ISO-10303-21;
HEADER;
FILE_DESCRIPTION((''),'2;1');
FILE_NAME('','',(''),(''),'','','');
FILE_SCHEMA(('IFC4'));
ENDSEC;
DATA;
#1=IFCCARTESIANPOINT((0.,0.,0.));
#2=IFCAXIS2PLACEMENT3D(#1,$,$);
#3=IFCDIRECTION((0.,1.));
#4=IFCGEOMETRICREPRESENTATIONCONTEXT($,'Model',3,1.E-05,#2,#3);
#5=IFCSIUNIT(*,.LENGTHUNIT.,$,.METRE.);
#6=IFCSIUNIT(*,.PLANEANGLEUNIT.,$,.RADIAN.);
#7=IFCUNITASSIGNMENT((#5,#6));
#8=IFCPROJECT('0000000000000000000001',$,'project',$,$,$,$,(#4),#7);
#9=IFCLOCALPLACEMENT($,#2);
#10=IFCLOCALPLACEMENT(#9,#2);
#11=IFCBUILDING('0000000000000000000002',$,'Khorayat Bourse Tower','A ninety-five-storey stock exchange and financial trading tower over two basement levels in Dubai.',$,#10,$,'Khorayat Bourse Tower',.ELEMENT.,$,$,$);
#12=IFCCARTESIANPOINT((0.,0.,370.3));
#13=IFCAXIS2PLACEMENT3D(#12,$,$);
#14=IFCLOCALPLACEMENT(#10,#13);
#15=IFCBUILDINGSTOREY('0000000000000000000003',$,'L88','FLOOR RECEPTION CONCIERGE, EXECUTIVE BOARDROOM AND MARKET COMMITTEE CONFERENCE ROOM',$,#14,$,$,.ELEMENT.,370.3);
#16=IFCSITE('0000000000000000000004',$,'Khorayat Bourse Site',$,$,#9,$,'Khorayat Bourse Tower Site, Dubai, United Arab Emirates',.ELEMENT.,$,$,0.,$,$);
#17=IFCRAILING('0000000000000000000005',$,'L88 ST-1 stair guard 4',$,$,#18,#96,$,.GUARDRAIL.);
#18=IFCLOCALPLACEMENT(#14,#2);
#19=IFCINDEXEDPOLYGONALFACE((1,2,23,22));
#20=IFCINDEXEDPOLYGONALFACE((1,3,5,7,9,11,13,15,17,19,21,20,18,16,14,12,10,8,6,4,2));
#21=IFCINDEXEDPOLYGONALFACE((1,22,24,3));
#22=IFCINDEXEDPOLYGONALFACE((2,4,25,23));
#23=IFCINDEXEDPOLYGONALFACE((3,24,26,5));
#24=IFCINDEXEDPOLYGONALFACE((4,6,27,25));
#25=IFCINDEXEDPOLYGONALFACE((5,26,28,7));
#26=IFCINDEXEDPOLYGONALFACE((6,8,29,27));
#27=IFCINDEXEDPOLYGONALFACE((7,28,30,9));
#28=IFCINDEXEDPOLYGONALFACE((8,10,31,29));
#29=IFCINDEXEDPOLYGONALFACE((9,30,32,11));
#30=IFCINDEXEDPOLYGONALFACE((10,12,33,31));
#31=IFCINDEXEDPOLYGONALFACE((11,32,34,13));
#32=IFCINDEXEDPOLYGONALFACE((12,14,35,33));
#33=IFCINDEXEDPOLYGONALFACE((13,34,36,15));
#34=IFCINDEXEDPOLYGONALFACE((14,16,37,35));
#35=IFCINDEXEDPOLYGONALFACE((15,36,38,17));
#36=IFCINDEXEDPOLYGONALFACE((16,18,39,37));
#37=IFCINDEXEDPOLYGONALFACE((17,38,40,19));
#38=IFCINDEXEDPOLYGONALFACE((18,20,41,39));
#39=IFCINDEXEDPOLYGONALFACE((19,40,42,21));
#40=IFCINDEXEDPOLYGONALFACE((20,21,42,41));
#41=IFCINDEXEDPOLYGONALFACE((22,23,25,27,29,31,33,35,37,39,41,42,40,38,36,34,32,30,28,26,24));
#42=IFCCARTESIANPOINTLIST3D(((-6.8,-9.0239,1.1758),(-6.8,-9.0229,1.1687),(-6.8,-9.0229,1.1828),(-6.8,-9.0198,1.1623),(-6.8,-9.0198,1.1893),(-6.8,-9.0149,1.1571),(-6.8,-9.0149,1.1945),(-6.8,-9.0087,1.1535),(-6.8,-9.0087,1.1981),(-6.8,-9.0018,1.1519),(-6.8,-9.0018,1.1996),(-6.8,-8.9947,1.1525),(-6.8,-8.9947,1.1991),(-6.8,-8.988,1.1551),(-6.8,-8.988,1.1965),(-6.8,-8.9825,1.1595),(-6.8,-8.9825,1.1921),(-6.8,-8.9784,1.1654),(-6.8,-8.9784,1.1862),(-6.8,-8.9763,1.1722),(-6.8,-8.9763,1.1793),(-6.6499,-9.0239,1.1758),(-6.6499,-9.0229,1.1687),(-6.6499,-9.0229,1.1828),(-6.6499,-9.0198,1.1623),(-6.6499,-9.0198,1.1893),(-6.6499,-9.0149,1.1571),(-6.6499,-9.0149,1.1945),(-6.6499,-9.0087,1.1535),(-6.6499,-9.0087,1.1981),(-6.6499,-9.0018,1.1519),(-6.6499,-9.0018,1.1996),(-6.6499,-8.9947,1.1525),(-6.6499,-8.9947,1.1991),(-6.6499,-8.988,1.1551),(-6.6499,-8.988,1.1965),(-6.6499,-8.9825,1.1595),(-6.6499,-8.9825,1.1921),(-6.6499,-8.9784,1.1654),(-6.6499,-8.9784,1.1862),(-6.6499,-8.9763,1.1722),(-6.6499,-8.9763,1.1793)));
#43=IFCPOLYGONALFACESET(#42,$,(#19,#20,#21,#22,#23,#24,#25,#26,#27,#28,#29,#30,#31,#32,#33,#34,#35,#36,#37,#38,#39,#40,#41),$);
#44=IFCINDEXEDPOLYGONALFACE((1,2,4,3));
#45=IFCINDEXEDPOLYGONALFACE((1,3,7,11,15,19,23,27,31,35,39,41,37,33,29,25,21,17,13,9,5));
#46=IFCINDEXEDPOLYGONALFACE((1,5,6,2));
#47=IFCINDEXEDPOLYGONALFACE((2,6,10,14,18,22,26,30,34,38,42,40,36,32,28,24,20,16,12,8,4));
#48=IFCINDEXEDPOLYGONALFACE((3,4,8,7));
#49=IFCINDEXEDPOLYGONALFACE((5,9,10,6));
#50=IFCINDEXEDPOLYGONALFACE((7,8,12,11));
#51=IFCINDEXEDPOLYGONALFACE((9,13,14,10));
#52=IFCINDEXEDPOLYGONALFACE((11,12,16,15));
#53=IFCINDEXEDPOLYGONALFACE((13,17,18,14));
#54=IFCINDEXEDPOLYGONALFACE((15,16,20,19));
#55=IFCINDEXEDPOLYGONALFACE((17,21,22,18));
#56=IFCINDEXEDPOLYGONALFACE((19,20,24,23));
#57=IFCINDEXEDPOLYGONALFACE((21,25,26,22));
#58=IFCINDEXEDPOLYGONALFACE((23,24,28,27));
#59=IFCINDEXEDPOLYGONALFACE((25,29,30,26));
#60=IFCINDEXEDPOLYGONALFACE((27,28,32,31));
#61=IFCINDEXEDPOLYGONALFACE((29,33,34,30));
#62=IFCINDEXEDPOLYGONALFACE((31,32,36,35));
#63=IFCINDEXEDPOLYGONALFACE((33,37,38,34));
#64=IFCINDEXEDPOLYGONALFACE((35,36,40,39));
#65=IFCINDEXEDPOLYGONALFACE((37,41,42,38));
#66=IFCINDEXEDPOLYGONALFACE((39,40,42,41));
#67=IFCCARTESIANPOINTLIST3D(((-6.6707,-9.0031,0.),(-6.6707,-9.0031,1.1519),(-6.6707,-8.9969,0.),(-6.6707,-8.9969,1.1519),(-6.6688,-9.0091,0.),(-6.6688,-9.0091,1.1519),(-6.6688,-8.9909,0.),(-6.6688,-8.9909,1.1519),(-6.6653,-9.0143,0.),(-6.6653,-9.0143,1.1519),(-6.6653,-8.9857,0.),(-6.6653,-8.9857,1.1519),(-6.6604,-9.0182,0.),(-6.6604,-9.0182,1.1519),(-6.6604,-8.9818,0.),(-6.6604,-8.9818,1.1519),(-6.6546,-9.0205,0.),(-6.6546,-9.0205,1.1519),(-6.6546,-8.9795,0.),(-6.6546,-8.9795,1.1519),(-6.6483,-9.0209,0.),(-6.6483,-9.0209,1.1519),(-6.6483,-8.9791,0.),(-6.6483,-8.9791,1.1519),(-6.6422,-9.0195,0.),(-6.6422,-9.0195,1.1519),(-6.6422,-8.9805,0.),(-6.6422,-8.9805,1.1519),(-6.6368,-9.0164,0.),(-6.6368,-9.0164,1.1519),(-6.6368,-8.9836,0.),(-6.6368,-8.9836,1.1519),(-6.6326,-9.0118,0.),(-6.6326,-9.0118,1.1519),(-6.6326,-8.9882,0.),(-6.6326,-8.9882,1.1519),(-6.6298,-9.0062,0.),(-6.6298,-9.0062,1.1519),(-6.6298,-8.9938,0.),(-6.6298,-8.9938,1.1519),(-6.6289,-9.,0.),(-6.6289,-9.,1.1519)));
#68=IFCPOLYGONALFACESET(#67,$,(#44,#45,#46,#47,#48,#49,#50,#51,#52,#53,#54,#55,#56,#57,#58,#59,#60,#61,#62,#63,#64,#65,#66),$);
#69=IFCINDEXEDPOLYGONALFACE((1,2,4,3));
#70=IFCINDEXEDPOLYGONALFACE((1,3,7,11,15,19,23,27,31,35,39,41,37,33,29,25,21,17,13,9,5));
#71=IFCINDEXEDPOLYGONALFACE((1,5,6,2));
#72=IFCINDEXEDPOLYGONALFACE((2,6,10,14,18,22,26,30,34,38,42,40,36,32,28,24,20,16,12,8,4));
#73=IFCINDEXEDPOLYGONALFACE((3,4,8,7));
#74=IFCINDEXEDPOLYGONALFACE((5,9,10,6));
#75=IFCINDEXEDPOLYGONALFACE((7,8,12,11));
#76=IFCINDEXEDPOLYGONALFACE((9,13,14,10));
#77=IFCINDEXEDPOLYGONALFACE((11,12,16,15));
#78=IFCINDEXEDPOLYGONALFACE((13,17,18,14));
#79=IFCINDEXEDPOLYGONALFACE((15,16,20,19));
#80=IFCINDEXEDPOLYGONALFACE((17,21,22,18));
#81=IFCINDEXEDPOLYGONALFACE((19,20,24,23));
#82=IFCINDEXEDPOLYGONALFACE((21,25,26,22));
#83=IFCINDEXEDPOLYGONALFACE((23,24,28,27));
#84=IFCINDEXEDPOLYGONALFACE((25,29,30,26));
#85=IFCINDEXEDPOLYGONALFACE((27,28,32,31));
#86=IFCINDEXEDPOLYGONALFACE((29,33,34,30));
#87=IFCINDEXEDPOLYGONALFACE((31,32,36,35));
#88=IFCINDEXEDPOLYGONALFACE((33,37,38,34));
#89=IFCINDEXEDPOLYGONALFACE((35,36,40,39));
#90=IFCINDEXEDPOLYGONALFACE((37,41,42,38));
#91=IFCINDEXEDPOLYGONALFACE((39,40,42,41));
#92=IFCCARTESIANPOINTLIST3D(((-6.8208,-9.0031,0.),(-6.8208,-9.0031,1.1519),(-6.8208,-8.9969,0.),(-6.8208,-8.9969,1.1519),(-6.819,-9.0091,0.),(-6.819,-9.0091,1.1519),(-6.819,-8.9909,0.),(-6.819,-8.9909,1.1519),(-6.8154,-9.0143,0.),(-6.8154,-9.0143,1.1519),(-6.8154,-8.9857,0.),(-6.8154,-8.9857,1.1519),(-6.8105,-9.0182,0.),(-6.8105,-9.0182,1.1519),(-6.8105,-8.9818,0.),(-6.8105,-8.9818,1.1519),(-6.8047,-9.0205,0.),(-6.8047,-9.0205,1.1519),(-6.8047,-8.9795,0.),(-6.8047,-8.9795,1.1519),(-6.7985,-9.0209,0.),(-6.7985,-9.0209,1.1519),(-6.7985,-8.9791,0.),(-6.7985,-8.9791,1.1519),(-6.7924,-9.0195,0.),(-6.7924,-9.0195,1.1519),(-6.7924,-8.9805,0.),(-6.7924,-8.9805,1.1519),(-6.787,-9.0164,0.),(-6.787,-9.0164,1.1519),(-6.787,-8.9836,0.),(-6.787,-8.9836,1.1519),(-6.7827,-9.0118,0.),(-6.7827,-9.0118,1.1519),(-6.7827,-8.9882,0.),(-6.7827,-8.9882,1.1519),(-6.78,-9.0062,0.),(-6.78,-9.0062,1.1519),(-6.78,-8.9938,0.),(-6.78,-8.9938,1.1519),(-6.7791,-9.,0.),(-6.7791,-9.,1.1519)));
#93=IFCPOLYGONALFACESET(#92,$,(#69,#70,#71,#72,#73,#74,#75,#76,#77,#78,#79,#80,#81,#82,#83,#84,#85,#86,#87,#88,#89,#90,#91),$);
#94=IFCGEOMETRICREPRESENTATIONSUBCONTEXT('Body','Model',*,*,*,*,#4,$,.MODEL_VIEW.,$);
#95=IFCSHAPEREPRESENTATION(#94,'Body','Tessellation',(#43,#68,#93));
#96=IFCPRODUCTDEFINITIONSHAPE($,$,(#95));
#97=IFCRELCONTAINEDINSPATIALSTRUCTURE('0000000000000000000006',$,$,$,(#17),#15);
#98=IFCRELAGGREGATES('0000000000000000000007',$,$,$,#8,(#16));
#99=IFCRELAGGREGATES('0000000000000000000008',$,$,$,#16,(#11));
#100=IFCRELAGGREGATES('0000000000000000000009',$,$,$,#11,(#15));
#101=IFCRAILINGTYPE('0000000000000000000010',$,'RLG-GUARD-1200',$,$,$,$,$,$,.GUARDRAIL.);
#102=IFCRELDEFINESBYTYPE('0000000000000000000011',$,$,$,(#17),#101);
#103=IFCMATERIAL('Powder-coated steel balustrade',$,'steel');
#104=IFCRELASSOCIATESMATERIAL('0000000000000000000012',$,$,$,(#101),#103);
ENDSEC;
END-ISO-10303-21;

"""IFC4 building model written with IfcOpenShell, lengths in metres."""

from ifc_helpers import new_model, si_unit, direction, frame, origin, origin_2d, place, context, subcontext, project, spatial, circle, extrude, source, transform, mapped, material, type_object, element, save


model = new_model("IFC4")

# Units and contexts
model_context = context("Model", 3, precision=1e-05, world=origin(), true_north=direction((0.0, 1.0)))
body_context = subcontext(model_context, "Body", "Model", "MODEL_VIEW")
ifc_project = project(units=[si_unit("LENGTHUNIT", "METRE"), si_unit("PLANEANGLEUNIT", "RADIAN")], contexts=[model_context])

# Site, building, storey
site_placement = place(None, origin())
site = spatial("IfcSite", under=ifc_project, at=site_placement, Name="Khorayat Bourse Site", LongName="Khorayat Bourse Tower Site, Dubai, United Arab Emirates", CompositionType="ELEMENT", RefElevation=0.0)
building_placement = place(site_placement, origin())
building = spatial("IfcBuilding", under=site, at=building_placement, Name="Khorayat Bourse Tower", Description="A ninety-five-storey stock exchange and financial trading tower over two basement levels in Dubai.", LongName="Khorayat Bourse Tower", CompositionType="ELEMENT")
storey_placement = place(building_placement, frame((0.0, 0.0, 370.3)))
storey = spatial("IfcBuildingStorey", under=building, at=storey_placement, Name="L88", Description="FLOOR RECEPTION CONCIERGE, EXECUTIVE BOARDROOM AND MARKET COMMITTEE CONFERENCE ROOM", CompositionType="ELEMENT", Elevation=370.3)

# Railing
ifc_material_1 = material(Name="Powder-coated steel balustrade", Category="steel")
railing_type_1 = type_object("IfcRailingType", Name="RLG-GUARD-1200", PredefinedType="GUARDRAIL", material=ifc_material_1)
shared_shape_1 = source(origin(), body_context, "Body", "SweptSolid", [
    extrude(circle(Radius=0.0239, at=origin_2d()), frame((0.0, 0.0, 1.1758), z_axis=(-1.0, 0.0, 0.0), x_axis=(0.0, -1.0, 0.0)), (0.0, 0.0, 1.0), 0.1501),
    extrude(circle(Radius=0.021, at=origin_2d()), origin(), (0.0, 0.0, 1.0), 1.1519),
    extrude(circle(Radius=0.021, at=origin_2d()), frame((-0.1501, 0.0, 0.0)), (0.0, 0.0, 1.0), 1.1519),
])
for number, where, name in (
    (1, (-6.6499, -9.0, 0.0), "L88 ST-1 stair guard 4"),
):
    element("IfcRailing", number, at=place(storey_placement, frame(where)), inside=storey, type_object=railing_type_1, Name=name, PredefinedType="GUARDRAIL", context=body_context, shape_type="MappedRepresentation", body=[
        mapped(shared_shape_1, transform((0.0, 0.0, 0.0), scale=1.0)),
    ])

save(model, "model.ifc")
